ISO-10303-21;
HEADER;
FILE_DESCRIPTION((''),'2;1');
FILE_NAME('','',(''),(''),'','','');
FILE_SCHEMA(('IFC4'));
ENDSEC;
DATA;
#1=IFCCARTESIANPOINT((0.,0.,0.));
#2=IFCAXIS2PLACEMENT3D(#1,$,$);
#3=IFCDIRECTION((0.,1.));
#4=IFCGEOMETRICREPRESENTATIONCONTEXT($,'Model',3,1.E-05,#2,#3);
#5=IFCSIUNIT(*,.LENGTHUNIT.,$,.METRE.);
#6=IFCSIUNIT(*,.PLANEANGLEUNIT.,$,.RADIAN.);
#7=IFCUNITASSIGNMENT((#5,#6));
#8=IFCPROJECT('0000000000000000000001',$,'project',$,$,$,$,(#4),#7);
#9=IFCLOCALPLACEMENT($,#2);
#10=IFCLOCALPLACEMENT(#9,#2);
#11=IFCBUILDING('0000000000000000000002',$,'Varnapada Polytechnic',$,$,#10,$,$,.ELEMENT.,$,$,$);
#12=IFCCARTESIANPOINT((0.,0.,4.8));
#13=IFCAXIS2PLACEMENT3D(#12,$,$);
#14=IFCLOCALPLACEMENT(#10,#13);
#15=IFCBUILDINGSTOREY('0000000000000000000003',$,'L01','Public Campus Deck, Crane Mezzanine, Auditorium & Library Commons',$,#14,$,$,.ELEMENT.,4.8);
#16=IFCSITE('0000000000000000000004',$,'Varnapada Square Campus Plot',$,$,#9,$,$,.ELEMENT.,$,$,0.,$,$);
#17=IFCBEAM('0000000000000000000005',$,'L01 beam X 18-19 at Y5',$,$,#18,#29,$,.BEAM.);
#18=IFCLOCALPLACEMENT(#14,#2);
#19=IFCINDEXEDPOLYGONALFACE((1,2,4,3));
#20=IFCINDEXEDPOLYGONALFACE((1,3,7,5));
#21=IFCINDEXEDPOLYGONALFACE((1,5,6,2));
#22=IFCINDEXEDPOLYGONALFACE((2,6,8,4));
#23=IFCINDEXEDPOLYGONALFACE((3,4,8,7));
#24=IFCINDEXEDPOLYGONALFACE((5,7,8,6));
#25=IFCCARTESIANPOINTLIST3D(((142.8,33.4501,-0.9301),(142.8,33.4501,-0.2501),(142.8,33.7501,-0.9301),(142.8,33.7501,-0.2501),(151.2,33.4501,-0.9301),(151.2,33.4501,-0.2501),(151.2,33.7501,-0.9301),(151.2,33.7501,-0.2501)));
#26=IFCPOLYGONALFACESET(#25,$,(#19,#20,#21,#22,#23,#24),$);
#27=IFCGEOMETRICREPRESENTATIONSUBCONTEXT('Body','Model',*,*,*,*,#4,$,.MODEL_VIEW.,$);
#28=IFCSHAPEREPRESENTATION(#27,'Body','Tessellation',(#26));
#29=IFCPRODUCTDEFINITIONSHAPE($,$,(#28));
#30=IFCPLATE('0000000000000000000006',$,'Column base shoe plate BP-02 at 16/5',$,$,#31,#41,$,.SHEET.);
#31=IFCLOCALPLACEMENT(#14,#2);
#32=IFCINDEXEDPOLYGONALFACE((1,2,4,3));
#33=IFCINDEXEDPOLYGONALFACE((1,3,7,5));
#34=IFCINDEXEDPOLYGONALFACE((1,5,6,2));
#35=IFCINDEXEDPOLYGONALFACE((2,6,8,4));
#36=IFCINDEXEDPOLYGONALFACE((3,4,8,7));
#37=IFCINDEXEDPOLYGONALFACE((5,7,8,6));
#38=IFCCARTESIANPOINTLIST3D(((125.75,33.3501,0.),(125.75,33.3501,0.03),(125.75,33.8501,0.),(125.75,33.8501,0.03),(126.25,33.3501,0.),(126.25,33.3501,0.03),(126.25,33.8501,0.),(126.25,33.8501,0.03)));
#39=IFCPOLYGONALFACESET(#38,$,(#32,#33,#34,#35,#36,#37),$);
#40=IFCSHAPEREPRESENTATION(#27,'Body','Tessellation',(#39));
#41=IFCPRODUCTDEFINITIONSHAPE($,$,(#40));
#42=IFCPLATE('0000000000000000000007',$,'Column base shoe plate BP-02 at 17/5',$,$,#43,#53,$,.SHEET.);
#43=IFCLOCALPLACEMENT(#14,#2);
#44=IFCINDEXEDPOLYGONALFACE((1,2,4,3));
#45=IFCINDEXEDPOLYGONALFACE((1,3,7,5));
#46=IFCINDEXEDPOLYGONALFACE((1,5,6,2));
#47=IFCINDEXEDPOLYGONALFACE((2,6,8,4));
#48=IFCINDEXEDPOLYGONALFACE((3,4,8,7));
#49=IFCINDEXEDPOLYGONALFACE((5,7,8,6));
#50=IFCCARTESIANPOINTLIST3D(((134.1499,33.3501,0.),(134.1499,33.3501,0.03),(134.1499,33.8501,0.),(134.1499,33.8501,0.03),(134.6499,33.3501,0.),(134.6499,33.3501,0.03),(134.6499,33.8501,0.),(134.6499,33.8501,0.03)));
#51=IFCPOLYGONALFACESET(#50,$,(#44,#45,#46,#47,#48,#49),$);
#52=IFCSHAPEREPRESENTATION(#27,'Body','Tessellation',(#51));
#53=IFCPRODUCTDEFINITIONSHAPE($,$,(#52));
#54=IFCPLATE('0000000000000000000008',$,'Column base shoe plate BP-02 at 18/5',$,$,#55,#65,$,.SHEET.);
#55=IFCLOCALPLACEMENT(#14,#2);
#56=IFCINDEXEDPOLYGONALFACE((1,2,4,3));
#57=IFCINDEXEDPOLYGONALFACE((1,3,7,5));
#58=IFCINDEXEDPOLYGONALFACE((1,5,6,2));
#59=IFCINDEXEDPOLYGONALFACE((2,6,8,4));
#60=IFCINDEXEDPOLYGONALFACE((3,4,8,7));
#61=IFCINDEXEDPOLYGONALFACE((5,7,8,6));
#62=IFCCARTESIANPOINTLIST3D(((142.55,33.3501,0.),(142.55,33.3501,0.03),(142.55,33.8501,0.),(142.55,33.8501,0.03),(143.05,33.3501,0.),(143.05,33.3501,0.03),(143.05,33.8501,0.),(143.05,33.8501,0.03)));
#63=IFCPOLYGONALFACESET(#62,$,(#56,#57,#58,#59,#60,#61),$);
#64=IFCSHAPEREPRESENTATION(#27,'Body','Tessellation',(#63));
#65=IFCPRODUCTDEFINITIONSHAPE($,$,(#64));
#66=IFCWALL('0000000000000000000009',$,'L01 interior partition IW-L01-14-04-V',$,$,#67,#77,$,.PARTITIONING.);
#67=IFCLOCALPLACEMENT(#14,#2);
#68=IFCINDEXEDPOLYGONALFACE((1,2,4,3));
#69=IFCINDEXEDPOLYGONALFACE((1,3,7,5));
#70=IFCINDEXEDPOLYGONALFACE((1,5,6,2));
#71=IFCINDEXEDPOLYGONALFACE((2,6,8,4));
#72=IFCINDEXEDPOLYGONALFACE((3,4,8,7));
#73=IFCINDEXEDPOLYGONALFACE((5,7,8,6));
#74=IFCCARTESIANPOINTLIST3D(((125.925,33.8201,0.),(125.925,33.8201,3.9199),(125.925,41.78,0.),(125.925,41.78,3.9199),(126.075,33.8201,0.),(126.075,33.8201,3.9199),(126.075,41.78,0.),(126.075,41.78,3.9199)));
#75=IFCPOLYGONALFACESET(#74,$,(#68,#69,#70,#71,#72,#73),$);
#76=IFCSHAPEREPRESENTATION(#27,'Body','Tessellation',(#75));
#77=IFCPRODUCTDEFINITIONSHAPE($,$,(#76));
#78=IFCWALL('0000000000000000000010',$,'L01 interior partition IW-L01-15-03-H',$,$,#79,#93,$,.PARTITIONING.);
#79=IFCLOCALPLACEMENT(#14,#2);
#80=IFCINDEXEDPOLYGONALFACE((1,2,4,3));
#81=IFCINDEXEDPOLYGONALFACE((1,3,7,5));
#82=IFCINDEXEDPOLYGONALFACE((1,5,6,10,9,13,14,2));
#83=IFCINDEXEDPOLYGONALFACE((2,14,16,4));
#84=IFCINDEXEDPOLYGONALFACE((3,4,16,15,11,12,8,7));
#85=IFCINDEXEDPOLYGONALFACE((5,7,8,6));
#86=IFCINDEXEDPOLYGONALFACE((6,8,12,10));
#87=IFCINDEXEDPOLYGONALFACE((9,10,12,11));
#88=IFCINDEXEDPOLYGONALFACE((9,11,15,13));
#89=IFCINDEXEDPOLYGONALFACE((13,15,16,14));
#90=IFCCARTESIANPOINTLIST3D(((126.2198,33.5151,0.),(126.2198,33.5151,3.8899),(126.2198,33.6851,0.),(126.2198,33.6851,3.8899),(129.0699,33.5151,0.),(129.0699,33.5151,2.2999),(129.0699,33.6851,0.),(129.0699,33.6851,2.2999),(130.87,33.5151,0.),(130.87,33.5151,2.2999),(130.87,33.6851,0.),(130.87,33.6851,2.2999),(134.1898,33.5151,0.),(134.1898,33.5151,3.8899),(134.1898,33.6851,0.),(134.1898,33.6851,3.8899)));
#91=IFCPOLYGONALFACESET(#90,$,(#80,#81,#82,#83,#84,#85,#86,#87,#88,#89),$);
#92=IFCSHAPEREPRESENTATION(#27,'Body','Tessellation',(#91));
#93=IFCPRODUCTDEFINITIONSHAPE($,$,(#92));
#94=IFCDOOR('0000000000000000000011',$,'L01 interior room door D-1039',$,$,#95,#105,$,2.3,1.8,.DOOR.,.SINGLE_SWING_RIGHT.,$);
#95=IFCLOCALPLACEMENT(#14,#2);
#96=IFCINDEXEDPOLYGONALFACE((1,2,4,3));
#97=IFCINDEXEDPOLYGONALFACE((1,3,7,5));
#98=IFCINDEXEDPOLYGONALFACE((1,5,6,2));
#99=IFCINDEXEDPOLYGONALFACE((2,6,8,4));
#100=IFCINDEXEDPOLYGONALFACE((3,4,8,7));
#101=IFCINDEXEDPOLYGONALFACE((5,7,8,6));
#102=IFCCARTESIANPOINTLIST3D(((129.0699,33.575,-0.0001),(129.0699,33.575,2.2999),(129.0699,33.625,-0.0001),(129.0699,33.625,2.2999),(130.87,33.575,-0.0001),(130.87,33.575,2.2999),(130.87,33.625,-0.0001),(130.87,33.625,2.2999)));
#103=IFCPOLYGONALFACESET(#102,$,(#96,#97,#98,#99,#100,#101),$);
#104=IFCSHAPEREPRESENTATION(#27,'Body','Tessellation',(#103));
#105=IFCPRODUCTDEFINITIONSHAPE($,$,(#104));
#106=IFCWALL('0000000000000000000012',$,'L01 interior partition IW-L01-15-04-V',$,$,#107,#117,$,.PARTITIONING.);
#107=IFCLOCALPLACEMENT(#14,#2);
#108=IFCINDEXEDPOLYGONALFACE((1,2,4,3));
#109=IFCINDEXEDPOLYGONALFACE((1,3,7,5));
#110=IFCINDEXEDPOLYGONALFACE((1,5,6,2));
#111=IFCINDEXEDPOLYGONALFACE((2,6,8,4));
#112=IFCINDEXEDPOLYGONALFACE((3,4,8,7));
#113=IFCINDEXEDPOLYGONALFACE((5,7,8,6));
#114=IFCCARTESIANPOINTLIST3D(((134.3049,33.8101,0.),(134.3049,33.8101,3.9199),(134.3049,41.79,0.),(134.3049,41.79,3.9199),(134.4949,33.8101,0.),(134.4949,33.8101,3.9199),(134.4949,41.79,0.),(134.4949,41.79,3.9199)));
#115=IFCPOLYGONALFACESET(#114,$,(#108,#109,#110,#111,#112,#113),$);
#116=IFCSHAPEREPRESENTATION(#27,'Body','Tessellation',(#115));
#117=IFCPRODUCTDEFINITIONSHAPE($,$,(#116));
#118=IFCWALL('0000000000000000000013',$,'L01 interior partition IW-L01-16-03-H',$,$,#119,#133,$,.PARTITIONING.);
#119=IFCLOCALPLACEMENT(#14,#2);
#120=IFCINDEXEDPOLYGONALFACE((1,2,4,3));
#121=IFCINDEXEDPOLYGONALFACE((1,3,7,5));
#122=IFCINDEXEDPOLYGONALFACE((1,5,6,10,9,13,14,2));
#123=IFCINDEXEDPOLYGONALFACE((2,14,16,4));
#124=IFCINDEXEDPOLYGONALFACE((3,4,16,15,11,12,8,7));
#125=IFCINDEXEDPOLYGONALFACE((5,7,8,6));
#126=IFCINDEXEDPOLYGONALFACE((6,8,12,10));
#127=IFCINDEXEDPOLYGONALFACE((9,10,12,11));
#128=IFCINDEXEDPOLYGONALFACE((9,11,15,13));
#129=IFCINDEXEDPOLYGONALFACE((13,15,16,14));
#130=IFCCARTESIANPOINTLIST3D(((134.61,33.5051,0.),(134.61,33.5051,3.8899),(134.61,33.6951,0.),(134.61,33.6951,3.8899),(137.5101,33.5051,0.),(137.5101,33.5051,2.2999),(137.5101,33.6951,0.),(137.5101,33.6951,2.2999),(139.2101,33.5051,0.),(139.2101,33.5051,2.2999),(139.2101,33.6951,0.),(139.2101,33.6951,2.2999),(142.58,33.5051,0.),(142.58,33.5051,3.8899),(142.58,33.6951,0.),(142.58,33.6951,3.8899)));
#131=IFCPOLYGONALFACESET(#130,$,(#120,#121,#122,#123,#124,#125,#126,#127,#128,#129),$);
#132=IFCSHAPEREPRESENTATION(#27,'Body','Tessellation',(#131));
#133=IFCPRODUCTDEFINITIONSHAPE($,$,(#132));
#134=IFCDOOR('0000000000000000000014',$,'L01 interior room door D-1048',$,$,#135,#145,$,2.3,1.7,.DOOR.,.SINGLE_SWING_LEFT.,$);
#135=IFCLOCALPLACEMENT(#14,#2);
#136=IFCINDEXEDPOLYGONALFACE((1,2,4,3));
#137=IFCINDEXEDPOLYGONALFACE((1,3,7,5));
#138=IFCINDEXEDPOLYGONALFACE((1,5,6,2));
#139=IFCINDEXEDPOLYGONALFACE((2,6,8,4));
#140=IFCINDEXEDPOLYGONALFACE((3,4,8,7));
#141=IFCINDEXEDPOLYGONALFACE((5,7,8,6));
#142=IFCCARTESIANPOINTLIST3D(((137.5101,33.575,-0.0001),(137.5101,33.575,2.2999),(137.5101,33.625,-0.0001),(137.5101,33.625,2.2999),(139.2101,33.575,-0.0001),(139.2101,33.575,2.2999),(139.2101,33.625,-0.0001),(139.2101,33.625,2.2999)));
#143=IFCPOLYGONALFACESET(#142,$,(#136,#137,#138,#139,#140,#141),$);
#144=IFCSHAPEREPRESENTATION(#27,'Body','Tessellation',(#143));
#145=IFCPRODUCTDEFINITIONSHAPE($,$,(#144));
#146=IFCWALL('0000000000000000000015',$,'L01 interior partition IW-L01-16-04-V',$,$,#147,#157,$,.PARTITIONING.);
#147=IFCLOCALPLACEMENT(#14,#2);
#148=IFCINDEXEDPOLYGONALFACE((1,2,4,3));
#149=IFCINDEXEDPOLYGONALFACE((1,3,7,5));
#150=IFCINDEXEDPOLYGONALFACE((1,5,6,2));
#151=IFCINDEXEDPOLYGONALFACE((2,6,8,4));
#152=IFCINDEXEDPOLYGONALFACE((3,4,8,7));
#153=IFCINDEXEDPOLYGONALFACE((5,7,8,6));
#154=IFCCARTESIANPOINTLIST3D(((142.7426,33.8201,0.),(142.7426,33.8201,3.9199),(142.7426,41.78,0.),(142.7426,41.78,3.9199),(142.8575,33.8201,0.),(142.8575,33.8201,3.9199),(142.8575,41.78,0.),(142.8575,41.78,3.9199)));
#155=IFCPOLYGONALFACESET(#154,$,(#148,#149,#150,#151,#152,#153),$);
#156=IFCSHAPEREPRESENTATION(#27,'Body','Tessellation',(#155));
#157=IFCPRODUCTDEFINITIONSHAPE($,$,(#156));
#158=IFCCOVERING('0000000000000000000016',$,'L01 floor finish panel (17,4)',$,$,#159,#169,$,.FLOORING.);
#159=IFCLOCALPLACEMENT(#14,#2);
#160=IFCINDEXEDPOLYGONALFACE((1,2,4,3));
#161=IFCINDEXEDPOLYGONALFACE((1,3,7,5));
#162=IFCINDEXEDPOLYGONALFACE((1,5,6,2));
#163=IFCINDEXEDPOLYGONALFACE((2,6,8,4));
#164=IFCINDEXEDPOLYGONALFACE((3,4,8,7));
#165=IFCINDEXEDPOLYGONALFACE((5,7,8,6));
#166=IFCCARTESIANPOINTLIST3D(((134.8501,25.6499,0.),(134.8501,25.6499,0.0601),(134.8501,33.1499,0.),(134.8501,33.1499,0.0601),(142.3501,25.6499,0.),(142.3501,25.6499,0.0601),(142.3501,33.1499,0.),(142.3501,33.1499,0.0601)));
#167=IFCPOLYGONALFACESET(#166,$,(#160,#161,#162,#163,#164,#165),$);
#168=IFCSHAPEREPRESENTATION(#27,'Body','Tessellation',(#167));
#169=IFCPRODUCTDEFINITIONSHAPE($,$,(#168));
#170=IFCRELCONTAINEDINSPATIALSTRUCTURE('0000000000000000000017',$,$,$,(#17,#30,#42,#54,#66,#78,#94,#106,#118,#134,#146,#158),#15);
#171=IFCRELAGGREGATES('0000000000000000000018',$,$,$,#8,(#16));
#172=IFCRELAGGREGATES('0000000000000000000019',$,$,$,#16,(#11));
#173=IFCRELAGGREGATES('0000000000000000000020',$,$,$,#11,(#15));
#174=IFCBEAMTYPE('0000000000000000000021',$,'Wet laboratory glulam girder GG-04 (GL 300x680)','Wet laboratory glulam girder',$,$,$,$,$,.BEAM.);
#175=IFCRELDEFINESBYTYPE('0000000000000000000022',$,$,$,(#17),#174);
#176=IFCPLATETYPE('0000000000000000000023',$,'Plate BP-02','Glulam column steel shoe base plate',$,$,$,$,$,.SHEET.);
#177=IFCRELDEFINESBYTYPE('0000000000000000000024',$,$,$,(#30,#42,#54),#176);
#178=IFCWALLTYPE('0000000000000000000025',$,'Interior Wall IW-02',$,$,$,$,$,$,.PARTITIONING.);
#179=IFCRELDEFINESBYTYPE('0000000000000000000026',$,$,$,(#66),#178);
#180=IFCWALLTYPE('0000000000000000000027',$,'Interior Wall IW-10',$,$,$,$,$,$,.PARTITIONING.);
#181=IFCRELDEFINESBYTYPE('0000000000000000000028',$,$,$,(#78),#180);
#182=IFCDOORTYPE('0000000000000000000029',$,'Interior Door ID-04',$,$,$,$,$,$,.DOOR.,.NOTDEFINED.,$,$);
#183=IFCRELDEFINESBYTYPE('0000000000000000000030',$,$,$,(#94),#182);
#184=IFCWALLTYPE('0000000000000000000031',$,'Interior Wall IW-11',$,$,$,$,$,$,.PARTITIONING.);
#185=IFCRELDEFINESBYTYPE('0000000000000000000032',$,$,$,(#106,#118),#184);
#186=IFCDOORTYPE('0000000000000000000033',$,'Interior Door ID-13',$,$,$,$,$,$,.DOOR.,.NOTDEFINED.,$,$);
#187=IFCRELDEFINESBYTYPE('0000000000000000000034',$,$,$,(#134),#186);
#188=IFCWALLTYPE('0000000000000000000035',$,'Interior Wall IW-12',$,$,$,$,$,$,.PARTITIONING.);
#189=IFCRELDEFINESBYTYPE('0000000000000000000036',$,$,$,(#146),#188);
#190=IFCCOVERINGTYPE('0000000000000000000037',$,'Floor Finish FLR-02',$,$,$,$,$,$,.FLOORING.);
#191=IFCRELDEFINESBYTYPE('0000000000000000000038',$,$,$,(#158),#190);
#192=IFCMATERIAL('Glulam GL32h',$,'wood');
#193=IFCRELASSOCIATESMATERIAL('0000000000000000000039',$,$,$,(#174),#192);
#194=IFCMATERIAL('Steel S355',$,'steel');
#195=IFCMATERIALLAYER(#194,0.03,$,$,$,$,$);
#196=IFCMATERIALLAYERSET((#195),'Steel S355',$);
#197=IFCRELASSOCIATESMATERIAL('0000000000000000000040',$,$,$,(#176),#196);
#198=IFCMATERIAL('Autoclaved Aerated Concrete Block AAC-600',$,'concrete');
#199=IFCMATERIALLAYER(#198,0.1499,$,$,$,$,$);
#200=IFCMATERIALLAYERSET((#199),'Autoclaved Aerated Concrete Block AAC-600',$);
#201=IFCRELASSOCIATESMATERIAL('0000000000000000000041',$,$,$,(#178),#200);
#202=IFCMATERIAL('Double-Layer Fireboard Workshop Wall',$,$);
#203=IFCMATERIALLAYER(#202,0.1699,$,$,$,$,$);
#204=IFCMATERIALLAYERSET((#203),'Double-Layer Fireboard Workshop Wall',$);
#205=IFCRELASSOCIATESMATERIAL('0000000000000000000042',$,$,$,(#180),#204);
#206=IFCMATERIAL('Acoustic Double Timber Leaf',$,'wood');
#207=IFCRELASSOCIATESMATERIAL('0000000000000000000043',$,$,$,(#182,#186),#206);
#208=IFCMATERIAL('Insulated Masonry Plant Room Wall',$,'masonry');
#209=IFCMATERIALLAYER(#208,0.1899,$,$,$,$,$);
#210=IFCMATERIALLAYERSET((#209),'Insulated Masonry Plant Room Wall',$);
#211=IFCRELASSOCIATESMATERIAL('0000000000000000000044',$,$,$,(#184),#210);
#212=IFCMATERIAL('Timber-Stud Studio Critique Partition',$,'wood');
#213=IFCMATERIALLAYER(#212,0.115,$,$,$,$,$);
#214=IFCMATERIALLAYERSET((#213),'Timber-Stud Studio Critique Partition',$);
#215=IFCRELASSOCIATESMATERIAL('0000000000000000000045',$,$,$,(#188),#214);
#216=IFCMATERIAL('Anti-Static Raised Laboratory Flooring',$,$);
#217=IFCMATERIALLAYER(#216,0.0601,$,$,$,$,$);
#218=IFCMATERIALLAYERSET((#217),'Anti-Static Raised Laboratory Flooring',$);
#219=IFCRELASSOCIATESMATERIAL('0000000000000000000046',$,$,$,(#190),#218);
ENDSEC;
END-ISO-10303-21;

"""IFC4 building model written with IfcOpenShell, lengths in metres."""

from ifc_helpers import new_model, si_unit, direction, frame, frame_2d, origin, origin_2d, place, context, subcontext, project, spatial, rectangle, extrude, material, layer, layer_set, material_profile, profile_set, type_object, element, fill, save


model = new_model("IFC4")

# Units and contexts
model_context = context("Model", 3, precision=1e-05, world=origin(), true_north=direction((0.0, 1.0)))
body_context = subcontext(model_context, "Body", "Model", "MODEL_VIEW")
ifc_project = project(units=[si_unit("LENGTHUNIT", "METRE"), si_unit("PLANEANGLEUNIT", "RADIAN")], contexts=[model_context])

# Site, building, storey
site_placement = place(None, origin())
site = spatial("IfcSite", under=ifc_project, at=site_placement, Name="Varnapada Square Campus Plot", CompositionType="ELEMENT", RefElevation=0.0)
building_placement = place(site_placement, origin())
building = spatial("IfcBuilding", under=site, at=building_placement, Name="Varnapada Polytechnic", CompositionType="ELEMENT")
storey_placement = place(building_placement, frame((0.0, 0.0, 4.8)))
storey = spatial("IfcBuildingStorey", under=building, at=storey_placement, Name="L01", Description="Public Campus Deck, Crane Mezzanine, Auditorium & Library Commons", CompositionType="ELEMENT", Elevation=4.8)

# Shared definitions
ifc_material_1 = material(Name="Glulam GL32h", Category="wood")

# Beam
ifc_material_profile_1 = material_profile(ifc_material_1, rectangle(XDim=0.3, YDim=0.6799, at=origin_2d()), Name="GL 300x680")
ifc_profile_set_1 = profile_set([ifc_material_profile_1], Name="Glulam GL32h")
beam_type_1 = type_object("IfcBeamType", Name="Wet laboratory glulam girder GG-04 (GL 300x680)", Description="Wet laboratory glulam girder", PredefinedType="BEAM", material=ifc_profile_set_1)
beam_1_placement = place(storey_placement, frame((142.8, 33.6001, -0.5901), z_axis=(1.0, 0.0, 0.0), x_axis=(0.0, 1.0, 0.0)))
element("IfcBeam", 1, at=beam_1_placement, inside=storey, type_object=beam_type_1, Name="L01 beam X 18-19 at Y5", PredefinedType="BEAM", context=body_context, shape_type="SweptSolid", body=[
    extrude(rectangle(XDim=0.3, YDim=0.6799, at=origin_2d()), origin(), (0.0, 0.0, 1.0), 8.3999),
])

# Plates
ifc_material_2 = material(Name="Steel S355", Category="steel")
ifc_layer_1 = layer(ifc_material_2, 0.03)
ifc_layer_set_1 = layer_set([ifc_layer_1], Name="Steel S355")
plate_type = type_object("IfcPlateType", Name="Plate BP-02", Description="Glulam column steel shoe base plate", PredefinedType="SHEET", material=ifc_layer_set_1)
for number, where, z_axis, x_axis, name in (
    (2, (126.0, 33.6001, 0.0), (0.0, 0.0, 1.0), (1.0, 0.0, 0.0), "Column base shoe plate BP-02 at 16/5"),
    (3, (134.3999, 33.6001, 0.0), (0.0, 0.0, 1.0), (1.0, 0.0, 0.0), "Column base shoe plate BP-02 at 17/5"),
    (4, (142.8, 33.6001, 0.0), (0.0, 0.0, 1.0), (1.0, 0.0, 0.0), "Column base shoe plate BP-02 at 18/5"),
):
    element("IfcPlate", number, at=place(storey_placement, frame(where, z_axis=z_axis, x_axis=x_axis)), inside=storey, type_object=plate_type, Name=name, PredefinedType="SHEET", context=body_context, shape_type="SweptSolid", body=[
        extrude(rectangle(XDim=0.5, YDim=0.5, at=origin_2d()), origin(), (0.0, 0.0, 1.0), 0.03),
    ])

# Wall
ifc_material_3 = material(Name="Autoclaved Aerated Concrete Block AAC-600", Category="concrete")
ifc_layer_2 = layer(ifc_material_3, 0.1499)
ifc_layer_set_2 = layer_set([ifc_layer_2], Name="Autoclaved Aerated Concrete Block AAC-600")
wall_type_1 = type_object("IfcWallType", Name="Interior Wall IW-02", PredefinedType="PARTITIONING", material=ifc_layer_set_2)
wall_1_placement = place(storey_placement, frame((126.0, 33.8201, 0.0), z_axis=(0.0, 0.0, 1.0), x_axis=(0.0, 1.0, 0.0)))
element("IfcWall", 5, at=wall_1_placement, inside=storey, type_object=wall_type_1, Name="L01 interior partition IW-L01-14-04-V", PredefinedType="PARTITIONING", context=body_context, shape_type="SweptSolid", body=[
    extrude(rectangle(XDim=7.96, YDim=0.1499, at=frame_2d((3.98, 0.0))), origin(), (0.0, 0.0, 1.0), 3.9199),
])

# Wall, opening, door
ifc_material_4 = material(Name="Double-Layer Fireboard Workshop Wall")
ifc_layer_3 = layer(ifc_material_4, 0.1699)
ifc_layer_set_3 = layer_set([ifc_layer_3], Name="Double-Layer Fireboard Workshop Wall")
wall_type_2 = type_object("IfcWallType", Name="Interior Wall IW-10", PredefinedType="PARTITIONING", material=ifc_layer_set_3)
wall_2_placement = place(storey_placement, frame((126.22, 33.6001, 0.0), z_axis=(0.0, 0.0, 1.0), x_axis=(1.0, 0.0, 0.0)))
wall_2 = element("IfcWall", 6, at=wall_2_placement, inside=storey, type_object=wall_type_2, Name="L01 interior partition IW-L01-15-03-H", PredefinedType="PARTITIONING", context=body_context, shape_type="SweptSolid", body=[
    extrude(rectangle(XDim=7.97, YDim=0.1699, at=frame_2d((3.9849, 0.0))), origin(), (0.0, 0.0, 1.0), 3.8899),
])
opening_1_placement = place(wall_2_placement, frame((2.8501, 0.0, 0.0)))
opening_1 = element("IfcOpeningElement", 7, at=opening_1_placement, cuts=wall_2, PredefinedType="OPENING", context=body_context, shape_type="SweptSolid", body=[
    extrude(rectangle(XDim=1.8, YDim=2.3, at=frame_2d((0.8999, 1.1499))), frame((0.0, 0.095, 0.0), z_axis=(0.0, -1.0, 0.0), x_axis=(1.0, 0.0, 0.0)), (0.0, 0.0, 1.0), 0.1899),
])
ifc_material_5 = material(Name="Acoustic Double Timber Leaf", Category="wood")
door_type_1 = type_object("IfcDoorType", Name="Interior Door ID-04", OperationType="NOTDEFINED", PredefinedType="DOOR", material=ifc_material_5)
door_1_placement = place(opening_1_placement, origin())
door_1 = element("IfcDoor", 8, at=door_1_placement, inside=storey, type_object=door_type_1, Name="L01 interior room door D-1039", OperationType="SINGLE_SWING_RIGHT", OverallHeight=2.3, OverallWidth=1.8, PredefinedType="DOOR", context=body_context, shape_type="SweptSolid", body=[
    extrude(rectangle(XDim=1.8, YDim=2.3, at=frame_2d((0.8999, 1.1499))), frame((0.0, 0.0249, 0.0), z_axis=(0.0, -1.0, 0.0), x_axis=(1.0, 0.0, 0.0)), (0.0, 0.0, 1.0), 0.05),
])
fill(opening_1, door_1)

# Wall
ifc_material_6 = material(Name="Insulated Masonry Plant Room Wall", Category="masonry")
ifc_layer_4 = layer(ifc_material_6, 0.1899)
ifc_layer_set_4 = layer_set([ifc_layer_4], Name="Insulated Masonry Plant Room Wall")
wall_type_3 = type_object("IfcWallType", Name="Interior Wall IW-11", PredefinedType="PARTITIONING", material=ifc_layer_set_4)
wall_3_placement = place(storey_placement, frame((134.3999, 33.8101, 0.0), z_axis=(0.0, 0.0, 1.0), x_axis=(0.0, 1.0, 0.0)))
element("IfcWall", 9, at=wall_3_placement, inside=storey, type_object=wall_type_3, Name="L01 interior partition IW-L01-15-04-V", PredefinedType="PARTITIONING", context=body_context, shape_type="SweptSolid", body=[
    extrude(rectangle(XDim=7.98, YDim=0.1899, at=frame_2d((3.99, 0.0))), origin(), (0.0, 0.0, 1.0), 3.9199),
])

# Wall, opening, door
wall_4_placement = place(storey_placement, frame((134.6101, 33.6001, 0.0), z_axis=(0.0, 0.0, 1.0), x_axis=(1.0, 0.0, 0.0)))
wall_4 = element("IfcWall", 10, at=wall_4_placement, inside=storey, type_object=wall_type_3, Name="L01 interior partition IW-L01-16-03-H", PredefinedType="PARTITIONING", context=body_context, shape_type="SweptSolid", body=[
    extrude(rectangle(XDim=7.97, YDim=0.1899, at=frame_2d((3.9849, 0.0))), origin(), (0.0, 0.0, 1.0), 3.8899),
])
opening_2_placement = place(wall_4_placement, frame((2.8999, 0.0, 0.0)))
opening_2 = element("IfcOpeningElement", 11, at=opening_2_placement, cuts=wall_4, PredefinedType="OPENING", context=body_context, shape_type="SweptSolid", body=[
    extrude(rectangle(XDim=1.7, YDim=2.3, at=frame_2d((0.8501, 1.1499))), frame((0.0, 0.105, 0.0), z_axis=(0.0, -1.0, 0.0), x_axis=(1.0, 0.0, 0.0)), (0.0, 0.0, 1.0), 0.21),
])
door_type_2 = type_object("IfcDoorType", Name="Interior Door ID-13", OperationType="NOTDEFINED", PredefinedType="DOOR", material=ifc_material_5)
door_2_placement = place(opening_2_placement, origin())
door_2 = element("IfcDoor", 12, at=door_2_placement, inside=storey, type_object=door_type_2, Name="L01 interior room door D-1048", OperationType="SINGLE_SWING_LEFT", OverallHeight=2.3, OverallWidth=1.7, PredefinedType="DOOR", context=body_context, shape_type="SweptSolid", body=[
    extrude(rectangle(XDim=1.7, YDim=2.3, at=frame_2d((0.8501, 1.1499))), frame((0.0, 0.0249, 0.0), z_axis=(0.0, -1.0, 0.0), x_axis=(1.0, 0.0, 0.0)), (0.0, 0.0, 1.0), 0.05),
])
fill(opening_2, door_2)

# Wall
ifc_material_7 = material(Name="Timber-Stud Studio Critique Partition", Category="wood")
ifc_layer_5 = layer(ifc_material_7, 0.115)
ifc_layer_set_5 = layer_set([ifc_layer_5], Name="Timber-Stud Studio Critique Partition")
wall_type_4 = type_object("IfcWallType", Name="Interior Wall IW-12", PredefinedType="PARTITIONING", material=ifc_layer_set_5)
wall_5_placement = place(storey_placement, frame((142.8, 33.8201, 0.0), z_axis=(0.0, 0.0, 1.0), x_axis=(0.0, 1.0, 0.0)))
element("IfcWall", 13, at=wall_5_placement, inside=storey, type_object=wall_type_4, Name="L01 interior partition IW-L01-16-04-V", PredefinedType="PARTITIONING", context=body_context, shape_type="SweptSolid", body=[
    extrude(rectangle(XDim=7.96, YDim=0.115, at=frame_2d((3.98, 0.0))), origin(), (0.0, 0.0, 1.0), 3.9199),
])

# Covering
ifc_material_8 = material(Name="Anti-Static Raised Laboratory Flooring")
ifc_layer_6 = layer(ifc_material_8, 0.0601)
ifc_layer_set_6 = layer_set([ifc_layer_6], Name="Anti-Static Raised Laboratory Flooring")
covering_type_1 = type_object("IfcCoveringType", Name="Floor Finish FLR-02", PredefinedType="FLOORING", material=ifc_layer_set_6)
covering_1_placement = place(storey_placement, frame((138.6001, 29.3999, 0.0), z_axis=(0.0, 0.0, 1.0), x_axis=(1.0, 0.0, 0.0)))
element("IfcCovering", 14, at=covering_1_placement, inside=storey, type_object=covering_type_1, Name="L01 floor finish panel (17,4)", PredefinedType="FLOORING", context=body_context, shape_type="SweptSolid", body=[
    extrude(rectangle(XDim=7.5, YDim=7.5, at=origin_2d()), origin(), (0.0, 0.0, 1.0), 0.0601),
])

save(model, "model.ifc")
